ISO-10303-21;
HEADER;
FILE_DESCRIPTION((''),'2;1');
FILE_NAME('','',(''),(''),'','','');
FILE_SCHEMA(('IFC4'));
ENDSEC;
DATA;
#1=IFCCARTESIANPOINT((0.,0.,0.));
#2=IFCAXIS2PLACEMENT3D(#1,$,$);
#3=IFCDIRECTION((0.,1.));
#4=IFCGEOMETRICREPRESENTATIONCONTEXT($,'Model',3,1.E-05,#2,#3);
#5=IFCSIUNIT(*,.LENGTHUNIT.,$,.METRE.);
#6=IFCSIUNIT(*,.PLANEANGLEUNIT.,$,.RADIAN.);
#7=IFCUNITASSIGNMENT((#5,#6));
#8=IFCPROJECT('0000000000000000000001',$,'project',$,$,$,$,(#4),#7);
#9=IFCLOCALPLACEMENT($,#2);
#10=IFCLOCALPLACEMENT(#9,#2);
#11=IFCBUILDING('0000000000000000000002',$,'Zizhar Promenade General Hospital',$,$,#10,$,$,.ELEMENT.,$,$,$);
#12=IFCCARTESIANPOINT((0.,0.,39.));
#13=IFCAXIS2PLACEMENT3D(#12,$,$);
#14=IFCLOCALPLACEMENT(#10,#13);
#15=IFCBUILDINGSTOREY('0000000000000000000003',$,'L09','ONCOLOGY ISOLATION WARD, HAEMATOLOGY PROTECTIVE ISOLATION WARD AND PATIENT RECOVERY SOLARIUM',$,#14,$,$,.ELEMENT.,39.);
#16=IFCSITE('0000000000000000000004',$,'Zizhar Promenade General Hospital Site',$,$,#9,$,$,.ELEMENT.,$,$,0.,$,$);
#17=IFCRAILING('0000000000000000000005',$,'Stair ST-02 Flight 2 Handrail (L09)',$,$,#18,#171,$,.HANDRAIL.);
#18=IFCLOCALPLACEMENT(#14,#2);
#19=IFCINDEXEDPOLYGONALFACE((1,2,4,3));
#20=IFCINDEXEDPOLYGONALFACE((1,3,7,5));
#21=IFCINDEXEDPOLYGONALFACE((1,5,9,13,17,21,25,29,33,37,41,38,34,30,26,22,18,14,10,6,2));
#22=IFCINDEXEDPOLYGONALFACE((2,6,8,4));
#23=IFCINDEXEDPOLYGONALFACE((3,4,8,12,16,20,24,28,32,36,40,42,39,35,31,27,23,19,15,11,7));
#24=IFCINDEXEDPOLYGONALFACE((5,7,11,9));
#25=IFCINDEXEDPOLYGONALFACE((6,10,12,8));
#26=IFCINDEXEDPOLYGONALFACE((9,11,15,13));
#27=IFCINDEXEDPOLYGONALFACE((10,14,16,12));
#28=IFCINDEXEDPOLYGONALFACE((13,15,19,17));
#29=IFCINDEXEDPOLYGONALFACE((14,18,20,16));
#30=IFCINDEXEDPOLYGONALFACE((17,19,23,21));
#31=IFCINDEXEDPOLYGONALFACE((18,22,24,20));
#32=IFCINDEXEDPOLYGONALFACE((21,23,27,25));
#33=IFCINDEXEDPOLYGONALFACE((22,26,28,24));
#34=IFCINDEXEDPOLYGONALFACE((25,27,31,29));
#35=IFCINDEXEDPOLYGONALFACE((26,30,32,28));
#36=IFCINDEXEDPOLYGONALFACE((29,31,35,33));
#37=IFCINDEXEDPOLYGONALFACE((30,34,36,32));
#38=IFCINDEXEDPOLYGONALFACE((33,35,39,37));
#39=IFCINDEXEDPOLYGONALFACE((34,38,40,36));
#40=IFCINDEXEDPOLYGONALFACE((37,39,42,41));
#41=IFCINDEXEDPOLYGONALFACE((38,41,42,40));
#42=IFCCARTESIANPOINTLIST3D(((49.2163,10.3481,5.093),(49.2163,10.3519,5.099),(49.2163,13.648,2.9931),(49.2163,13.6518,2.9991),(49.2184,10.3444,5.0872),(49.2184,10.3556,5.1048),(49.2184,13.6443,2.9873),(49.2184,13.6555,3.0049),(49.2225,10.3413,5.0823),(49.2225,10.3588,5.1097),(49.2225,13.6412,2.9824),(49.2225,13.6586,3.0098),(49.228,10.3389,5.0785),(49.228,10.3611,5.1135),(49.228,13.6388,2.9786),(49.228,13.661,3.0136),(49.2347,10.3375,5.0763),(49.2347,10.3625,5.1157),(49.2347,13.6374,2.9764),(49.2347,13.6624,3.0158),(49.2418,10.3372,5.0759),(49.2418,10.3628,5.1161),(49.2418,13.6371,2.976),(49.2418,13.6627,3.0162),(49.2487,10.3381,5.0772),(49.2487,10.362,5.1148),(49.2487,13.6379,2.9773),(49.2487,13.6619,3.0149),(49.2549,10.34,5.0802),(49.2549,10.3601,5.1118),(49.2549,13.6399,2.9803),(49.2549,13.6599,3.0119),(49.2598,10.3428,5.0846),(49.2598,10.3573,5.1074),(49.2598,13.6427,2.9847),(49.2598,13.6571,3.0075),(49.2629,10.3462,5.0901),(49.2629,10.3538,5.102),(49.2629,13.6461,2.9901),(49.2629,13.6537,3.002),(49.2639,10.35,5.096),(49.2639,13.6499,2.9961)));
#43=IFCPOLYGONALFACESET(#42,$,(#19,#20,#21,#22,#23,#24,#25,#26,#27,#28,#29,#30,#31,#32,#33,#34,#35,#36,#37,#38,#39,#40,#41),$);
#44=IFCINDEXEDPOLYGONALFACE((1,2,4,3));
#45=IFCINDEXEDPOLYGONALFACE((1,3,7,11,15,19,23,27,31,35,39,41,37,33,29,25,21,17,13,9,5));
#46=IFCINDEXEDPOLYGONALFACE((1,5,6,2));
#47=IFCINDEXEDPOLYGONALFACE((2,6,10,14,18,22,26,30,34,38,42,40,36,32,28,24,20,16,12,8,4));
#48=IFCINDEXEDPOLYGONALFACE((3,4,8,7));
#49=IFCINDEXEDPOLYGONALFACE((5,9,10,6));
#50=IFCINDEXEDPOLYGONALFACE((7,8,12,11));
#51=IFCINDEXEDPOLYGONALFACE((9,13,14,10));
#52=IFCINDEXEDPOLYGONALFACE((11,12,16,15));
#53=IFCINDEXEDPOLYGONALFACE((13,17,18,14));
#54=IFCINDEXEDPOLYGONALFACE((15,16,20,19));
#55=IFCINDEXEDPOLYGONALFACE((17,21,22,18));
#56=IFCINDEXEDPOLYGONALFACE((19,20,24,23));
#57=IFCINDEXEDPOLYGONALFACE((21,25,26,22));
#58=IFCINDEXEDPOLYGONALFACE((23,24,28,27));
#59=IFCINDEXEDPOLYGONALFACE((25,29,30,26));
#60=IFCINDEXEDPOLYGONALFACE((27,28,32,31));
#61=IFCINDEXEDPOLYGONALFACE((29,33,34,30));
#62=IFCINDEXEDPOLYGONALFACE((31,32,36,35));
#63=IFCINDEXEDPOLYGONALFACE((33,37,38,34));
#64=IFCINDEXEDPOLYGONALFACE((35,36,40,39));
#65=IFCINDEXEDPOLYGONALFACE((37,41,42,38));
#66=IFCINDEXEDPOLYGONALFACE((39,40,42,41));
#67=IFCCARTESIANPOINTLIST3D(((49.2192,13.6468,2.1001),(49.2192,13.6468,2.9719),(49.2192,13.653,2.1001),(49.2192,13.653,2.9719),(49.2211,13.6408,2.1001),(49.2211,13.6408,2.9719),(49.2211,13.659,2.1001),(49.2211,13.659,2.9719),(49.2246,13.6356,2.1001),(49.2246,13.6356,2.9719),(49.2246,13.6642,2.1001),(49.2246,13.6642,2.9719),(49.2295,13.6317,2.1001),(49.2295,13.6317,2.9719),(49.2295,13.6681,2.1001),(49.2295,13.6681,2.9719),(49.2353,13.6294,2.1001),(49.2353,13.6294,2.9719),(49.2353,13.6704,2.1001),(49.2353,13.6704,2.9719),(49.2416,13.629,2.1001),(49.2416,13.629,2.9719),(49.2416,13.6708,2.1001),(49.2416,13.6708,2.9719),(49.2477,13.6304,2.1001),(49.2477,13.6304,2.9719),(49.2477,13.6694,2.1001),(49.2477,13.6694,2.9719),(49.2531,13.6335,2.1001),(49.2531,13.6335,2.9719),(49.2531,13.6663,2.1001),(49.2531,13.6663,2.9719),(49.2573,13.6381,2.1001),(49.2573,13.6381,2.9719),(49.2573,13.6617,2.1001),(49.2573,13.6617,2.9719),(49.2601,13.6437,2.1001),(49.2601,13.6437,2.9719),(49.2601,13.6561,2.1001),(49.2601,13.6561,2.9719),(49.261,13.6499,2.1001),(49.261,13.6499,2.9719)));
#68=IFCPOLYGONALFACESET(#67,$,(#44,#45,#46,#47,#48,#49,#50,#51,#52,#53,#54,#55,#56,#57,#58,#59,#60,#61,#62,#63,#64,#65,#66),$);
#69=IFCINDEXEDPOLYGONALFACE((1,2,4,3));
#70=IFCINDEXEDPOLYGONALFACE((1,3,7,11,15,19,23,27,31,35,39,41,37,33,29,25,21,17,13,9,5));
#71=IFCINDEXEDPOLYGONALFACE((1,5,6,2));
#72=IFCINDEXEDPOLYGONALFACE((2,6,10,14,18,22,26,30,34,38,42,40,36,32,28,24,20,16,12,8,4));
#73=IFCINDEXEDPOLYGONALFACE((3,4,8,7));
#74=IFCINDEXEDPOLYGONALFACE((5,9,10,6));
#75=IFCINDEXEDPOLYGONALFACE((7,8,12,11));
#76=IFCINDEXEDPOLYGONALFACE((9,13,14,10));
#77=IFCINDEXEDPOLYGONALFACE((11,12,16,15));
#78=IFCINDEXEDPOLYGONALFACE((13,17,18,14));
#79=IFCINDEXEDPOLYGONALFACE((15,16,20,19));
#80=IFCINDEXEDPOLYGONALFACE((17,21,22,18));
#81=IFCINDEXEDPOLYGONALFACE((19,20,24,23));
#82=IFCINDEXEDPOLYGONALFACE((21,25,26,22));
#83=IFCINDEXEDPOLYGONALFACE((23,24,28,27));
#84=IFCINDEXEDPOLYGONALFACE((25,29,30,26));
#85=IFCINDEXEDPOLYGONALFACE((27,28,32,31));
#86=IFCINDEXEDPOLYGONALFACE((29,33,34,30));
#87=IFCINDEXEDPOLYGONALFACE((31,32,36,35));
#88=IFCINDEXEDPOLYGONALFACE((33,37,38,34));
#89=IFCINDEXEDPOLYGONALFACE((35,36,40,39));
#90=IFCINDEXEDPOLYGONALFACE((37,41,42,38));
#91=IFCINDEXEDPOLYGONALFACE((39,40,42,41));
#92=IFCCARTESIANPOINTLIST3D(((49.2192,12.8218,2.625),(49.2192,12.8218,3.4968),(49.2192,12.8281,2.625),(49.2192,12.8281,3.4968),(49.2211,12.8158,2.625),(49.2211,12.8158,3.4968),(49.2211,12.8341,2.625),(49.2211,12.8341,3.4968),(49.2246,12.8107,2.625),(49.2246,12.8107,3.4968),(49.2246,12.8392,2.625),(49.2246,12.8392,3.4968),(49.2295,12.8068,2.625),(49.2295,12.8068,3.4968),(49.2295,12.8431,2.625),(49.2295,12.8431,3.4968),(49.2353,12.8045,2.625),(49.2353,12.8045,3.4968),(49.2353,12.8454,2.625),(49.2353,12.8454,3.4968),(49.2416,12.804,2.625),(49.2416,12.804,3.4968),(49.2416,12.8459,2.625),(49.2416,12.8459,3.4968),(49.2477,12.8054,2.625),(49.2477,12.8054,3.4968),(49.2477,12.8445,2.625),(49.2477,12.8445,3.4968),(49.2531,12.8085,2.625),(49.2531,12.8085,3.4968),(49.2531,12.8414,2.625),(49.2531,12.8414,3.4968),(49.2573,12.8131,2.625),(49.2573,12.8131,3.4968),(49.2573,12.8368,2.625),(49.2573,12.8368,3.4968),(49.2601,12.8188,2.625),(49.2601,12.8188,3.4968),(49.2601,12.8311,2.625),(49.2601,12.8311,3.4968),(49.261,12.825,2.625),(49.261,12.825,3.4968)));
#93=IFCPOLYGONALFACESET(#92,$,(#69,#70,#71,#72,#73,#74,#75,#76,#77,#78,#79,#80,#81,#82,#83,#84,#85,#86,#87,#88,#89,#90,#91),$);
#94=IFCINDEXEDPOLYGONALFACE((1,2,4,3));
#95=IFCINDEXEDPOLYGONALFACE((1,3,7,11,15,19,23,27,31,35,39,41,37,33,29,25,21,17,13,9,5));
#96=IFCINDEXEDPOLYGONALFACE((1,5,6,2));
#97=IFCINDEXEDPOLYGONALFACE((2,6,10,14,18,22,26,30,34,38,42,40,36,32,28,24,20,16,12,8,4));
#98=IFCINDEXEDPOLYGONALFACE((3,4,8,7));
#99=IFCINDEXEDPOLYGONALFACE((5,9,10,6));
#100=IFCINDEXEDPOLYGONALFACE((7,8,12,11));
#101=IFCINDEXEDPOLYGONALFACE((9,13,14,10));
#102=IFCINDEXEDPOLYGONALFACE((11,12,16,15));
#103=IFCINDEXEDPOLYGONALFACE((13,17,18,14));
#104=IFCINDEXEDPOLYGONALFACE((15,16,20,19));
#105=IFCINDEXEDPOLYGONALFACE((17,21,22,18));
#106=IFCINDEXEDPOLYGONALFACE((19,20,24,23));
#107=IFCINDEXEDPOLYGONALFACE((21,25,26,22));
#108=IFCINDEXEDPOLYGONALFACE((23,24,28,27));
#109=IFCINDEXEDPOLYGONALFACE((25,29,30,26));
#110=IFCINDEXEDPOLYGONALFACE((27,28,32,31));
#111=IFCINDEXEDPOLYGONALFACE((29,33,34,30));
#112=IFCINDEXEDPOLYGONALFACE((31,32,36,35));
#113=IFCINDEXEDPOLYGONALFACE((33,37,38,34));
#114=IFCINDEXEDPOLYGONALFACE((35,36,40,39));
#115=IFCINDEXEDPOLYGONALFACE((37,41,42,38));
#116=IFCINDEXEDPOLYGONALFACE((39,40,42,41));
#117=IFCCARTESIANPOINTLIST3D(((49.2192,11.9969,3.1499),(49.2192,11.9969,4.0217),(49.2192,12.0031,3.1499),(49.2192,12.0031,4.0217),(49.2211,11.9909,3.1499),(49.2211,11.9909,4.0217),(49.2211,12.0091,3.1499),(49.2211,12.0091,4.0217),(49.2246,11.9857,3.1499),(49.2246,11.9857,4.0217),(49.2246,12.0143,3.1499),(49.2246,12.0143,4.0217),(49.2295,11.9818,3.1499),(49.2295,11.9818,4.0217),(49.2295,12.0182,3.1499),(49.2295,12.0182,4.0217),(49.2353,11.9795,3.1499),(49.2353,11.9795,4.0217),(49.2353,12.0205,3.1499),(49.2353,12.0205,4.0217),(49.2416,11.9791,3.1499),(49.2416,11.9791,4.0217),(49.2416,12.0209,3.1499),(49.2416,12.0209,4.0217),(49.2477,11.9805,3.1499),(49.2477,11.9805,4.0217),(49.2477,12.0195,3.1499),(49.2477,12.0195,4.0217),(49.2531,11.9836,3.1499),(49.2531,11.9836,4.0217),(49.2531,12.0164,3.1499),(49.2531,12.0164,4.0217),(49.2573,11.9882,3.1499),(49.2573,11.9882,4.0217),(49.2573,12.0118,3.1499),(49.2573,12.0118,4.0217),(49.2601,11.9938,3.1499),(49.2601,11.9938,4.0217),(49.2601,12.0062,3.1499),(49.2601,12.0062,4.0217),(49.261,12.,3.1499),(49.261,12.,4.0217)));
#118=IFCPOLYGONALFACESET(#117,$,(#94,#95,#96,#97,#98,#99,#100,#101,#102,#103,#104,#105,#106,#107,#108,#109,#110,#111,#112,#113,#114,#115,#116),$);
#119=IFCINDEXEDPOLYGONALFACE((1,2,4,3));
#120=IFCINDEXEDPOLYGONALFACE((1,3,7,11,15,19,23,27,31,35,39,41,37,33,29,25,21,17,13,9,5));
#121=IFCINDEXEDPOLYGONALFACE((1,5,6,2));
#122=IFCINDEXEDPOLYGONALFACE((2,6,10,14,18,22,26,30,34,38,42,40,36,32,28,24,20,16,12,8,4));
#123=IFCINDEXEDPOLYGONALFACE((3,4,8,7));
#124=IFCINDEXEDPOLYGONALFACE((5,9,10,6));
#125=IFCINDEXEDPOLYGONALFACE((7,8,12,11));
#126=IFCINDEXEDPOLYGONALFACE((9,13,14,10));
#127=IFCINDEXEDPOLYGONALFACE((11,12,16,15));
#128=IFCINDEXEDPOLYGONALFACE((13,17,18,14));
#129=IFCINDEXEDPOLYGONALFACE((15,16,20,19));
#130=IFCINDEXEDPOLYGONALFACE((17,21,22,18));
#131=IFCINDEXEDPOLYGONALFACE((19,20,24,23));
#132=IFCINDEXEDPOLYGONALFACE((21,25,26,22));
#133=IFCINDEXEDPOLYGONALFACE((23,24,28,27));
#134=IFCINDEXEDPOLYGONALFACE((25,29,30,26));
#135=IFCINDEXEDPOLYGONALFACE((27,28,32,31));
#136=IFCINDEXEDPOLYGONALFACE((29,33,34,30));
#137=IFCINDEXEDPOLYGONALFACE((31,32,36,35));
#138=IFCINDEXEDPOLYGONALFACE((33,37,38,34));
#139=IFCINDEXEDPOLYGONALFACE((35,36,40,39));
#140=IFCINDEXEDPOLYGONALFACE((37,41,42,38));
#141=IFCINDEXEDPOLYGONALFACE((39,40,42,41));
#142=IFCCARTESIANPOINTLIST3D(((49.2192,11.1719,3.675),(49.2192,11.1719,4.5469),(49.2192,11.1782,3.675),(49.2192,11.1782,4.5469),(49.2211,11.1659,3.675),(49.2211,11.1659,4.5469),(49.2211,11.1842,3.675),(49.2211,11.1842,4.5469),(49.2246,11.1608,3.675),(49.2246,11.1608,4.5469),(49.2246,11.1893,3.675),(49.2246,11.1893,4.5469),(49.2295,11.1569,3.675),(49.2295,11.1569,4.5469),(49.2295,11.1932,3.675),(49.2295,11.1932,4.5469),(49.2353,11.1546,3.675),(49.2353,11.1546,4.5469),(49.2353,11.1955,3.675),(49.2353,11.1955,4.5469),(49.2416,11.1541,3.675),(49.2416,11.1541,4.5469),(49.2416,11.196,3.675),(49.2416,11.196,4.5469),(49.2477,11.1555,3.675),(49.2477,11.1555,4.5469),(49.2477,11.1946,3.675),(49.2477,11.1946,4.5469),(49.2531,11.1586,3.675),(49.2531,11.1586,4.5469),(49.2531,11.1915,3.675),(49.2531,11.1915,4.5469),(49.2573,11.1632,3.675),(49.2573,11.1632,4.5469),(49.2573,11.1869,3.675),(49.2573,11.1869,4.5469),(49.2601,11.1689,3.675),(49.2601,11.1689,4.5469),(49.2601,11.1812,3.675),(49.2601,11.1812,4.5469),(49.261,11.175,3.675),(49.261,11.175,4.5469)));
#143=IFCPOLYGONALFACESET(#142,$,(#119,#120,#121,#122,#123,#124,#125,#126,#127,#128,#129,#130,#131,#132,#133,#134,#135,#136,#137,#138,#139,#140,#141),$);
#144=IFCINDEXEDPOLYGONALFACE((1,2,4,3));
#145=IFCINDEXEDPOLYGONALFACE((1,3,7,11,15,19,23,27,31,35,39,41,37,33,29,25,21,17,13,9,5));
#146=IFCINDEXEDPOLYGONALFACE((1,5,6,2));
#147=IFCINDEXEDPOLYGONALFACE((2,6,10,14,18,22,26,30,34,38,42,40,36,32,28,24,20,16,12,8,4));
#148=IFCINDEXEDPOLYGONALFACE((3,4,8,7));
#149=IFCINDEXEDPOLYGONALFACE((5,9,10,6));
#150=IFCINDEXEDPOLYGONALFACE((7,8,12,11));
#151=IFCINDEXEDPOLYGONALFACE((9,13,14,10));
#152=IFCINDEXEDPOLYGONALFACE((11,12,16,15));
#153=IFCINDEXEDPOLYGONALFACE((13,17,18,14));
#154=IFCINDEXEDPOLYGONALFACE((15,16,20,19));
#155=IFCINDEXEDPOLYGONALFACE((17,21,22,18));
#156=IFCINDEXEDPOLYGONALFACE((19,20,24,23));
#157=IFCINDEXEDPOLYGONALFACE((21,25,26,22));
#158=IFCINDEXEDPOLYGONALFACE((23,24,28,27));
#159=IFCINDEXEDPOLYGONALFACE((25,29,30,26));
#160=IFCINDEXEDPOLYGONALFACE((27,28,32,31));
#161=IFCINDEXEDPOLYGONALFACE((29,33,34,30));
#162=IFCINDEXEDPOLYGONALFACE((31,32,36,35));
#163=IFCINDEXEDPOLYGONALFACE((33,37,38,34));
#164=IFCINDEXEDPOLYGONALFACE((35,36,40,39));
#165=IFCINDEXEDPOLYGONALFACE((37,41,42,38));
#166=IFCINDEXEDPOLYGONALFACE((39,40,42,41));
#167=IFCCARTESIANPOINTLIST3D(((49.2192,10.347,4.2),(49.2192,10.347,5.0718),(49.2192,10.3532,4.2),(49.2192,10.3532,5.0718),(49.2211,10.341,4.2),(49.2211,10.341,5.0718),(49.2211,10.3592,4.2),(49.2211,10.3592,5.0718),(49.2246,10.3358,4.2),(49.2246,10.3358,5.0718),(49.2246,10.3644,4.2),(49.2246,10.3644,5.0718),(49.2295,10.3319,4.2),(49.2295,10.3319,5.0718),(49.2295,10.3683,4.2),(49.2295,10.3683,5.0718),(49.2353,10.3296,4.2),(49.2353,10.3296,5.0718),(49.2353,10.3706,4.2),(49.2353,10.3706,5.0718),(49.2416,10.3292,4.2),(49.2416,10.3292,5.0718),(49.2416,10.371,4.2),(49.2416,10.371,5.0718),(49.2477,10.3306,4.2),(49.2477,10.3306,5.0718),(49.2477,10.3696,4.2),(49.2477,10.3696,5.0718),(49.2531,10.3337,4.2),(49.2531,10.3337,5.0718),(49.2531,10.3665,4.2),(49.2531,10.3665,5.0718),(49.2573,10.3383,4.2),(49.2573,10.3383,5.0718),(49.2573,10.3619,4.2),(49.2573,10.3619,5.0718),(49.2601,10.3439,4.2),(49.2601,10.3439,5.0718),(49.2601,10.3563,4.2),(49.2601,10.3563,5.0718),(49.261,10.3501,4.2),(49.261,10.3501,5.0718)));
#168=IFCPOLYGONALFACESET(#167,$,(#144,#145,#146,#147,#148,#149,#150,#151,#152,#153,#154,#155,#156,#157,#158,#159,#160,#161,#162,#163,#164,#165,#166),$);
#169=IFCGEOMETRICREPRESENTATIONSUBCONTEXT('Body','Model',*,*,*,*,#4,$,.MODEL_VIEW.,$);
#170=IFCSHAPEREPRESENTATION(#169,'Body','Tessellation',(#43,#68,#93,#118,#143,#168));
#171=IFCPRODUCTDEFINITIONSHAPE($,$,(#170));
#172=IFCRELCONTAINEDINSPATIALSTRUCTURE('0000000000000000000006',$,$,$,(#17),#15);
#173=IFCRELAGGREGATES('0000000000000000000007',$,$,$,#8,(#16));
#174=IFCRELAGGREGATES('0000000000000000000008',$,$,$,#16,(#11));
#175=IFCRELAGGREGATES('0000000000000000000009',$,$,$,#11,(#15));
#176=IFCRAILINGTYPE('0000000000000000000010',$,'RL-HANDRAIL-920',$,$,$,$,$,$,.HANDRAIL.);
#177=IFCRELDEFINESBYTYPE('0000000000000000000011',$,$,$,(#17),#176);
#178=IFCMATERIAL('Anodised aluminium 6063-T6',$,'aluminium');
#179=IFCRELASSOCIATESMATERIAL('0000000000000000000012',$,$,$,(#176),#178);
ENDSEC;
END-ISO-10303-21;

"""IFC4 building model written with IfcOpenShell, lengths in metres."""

from ifc_helpers import new_model, si_unit, direction, frame, origin, origin_2d, place, context, subcontext, project, spatial, circle, hollow_circle, extrude, material, material_profile, profile_set, type_object, element, save


model = new_model("IFC4")

# Units and contexts
model_context = context("Model", 3, precision=1e-05, world=origin(), true_north=direction((0.0, 1.0)))
body_context = subcontext(model_context, "Body", "Model", "MODEL_VIEW")
ifc_project = project(units=[si_unit("LENGTHUNIT", "METRE"), si_unit("PLANEANGLEUNIT", "RADIAN")], contexts=[model_context])

# Site, building, storey
site_placement = place(None, origin())
site = spatial("IfcSite", under=ifc_project, at=site_placement, Name="Zizhar Promenade General Hospital Site", CompositionType="ELEMENT", RefElevation=0.0)
building_placement = place(site_placement, origin())
building = spatial("IfcBuilding", under=site, at=building_placement, Name="Zizhar Promenade General Hospital", CompositionType="ELEMENT")
storey_placement = place(building_placement, frame((0.0, 0.0, 39.0)))
storey = spatial("IfcBuildingStorey", under=building, at=storey_placement, Name="L09", Description="ONCOLOGY ISOLATION WARD, HAEMATOLOGY PROTECTIVE ISOLATION WARD AND PATIENT RECOVERY SOLARIUM", CompositionType="ELEMENT", Elevation=39.0)

# Railing
ifc_material_1 = material(Name="Anodised aluminium 6063-T6", Category="aluminium")
ifc_material_profile_1 = material_profile(ifc_material_1, hollow_circle(Radius=0.0698, WallThickness=0.0063, at=origin_2d()))
ifc_profile_set_1 = profile_set([ifc_material_profile_1], Name="Anodised aluminium 6063-T6")
railing_type_1 = type_object("IfcRailingType", Name="RL-HANDRAIL-920", PredefinedType="HANDRAIL", material=ifc_profile_set_1)
railing_1_placement = place(storey_placement, frame((49.24, 13.6499, 2.1001)))
element("IfcRailing", 1, at=railing_1_placement, inside=storey, type_object=railing_type_1, Name="Stair ST-02 Flight 2 Handrail (L09)", PredefinedType="HANDRAIL", context=body_context, shape_type="SweptSolid", body=[
    extrude(circle(Radius=0.0239, at=origin_2d()), frame((0.0, 0.0, 0.896), z_axis=(0.0, -0.843664, 0.536871), x_axis=(1.0, 0.0, 0.0)), (0.0, 0.0, 1.0), 3.9114),
    extrude(circle(Radius=0.021, at=origin_2d()), origin(), (0.0, 0.0, 1.0), 0.8718),
    extrude(circle(Radius=0.021, at=origin_2d()), frame((0.0, -0.825, 0.5249)), (0.0, 0.0, 1.0), 0.8718),
    extrude(circle(Radius=0.021, at=origin_2d()), frame((0.0, -1.6499, 1.0498)), (0.0, 0.0, 1.0), 0.8718),
    extrude(circle(Radius=0.021, at=origin_2d()), frame((0.0, -2.4749, 1.575)), (0.0, 0.0, 1.0), 0.8718),
    extrude(circle(Radius=0.021, at=origin_2d()), frame((0.0, -3.2998, 2.0999)), (0.0, 0.0, 1.0), 0.8718),
])

save(model, "model.ifc")
